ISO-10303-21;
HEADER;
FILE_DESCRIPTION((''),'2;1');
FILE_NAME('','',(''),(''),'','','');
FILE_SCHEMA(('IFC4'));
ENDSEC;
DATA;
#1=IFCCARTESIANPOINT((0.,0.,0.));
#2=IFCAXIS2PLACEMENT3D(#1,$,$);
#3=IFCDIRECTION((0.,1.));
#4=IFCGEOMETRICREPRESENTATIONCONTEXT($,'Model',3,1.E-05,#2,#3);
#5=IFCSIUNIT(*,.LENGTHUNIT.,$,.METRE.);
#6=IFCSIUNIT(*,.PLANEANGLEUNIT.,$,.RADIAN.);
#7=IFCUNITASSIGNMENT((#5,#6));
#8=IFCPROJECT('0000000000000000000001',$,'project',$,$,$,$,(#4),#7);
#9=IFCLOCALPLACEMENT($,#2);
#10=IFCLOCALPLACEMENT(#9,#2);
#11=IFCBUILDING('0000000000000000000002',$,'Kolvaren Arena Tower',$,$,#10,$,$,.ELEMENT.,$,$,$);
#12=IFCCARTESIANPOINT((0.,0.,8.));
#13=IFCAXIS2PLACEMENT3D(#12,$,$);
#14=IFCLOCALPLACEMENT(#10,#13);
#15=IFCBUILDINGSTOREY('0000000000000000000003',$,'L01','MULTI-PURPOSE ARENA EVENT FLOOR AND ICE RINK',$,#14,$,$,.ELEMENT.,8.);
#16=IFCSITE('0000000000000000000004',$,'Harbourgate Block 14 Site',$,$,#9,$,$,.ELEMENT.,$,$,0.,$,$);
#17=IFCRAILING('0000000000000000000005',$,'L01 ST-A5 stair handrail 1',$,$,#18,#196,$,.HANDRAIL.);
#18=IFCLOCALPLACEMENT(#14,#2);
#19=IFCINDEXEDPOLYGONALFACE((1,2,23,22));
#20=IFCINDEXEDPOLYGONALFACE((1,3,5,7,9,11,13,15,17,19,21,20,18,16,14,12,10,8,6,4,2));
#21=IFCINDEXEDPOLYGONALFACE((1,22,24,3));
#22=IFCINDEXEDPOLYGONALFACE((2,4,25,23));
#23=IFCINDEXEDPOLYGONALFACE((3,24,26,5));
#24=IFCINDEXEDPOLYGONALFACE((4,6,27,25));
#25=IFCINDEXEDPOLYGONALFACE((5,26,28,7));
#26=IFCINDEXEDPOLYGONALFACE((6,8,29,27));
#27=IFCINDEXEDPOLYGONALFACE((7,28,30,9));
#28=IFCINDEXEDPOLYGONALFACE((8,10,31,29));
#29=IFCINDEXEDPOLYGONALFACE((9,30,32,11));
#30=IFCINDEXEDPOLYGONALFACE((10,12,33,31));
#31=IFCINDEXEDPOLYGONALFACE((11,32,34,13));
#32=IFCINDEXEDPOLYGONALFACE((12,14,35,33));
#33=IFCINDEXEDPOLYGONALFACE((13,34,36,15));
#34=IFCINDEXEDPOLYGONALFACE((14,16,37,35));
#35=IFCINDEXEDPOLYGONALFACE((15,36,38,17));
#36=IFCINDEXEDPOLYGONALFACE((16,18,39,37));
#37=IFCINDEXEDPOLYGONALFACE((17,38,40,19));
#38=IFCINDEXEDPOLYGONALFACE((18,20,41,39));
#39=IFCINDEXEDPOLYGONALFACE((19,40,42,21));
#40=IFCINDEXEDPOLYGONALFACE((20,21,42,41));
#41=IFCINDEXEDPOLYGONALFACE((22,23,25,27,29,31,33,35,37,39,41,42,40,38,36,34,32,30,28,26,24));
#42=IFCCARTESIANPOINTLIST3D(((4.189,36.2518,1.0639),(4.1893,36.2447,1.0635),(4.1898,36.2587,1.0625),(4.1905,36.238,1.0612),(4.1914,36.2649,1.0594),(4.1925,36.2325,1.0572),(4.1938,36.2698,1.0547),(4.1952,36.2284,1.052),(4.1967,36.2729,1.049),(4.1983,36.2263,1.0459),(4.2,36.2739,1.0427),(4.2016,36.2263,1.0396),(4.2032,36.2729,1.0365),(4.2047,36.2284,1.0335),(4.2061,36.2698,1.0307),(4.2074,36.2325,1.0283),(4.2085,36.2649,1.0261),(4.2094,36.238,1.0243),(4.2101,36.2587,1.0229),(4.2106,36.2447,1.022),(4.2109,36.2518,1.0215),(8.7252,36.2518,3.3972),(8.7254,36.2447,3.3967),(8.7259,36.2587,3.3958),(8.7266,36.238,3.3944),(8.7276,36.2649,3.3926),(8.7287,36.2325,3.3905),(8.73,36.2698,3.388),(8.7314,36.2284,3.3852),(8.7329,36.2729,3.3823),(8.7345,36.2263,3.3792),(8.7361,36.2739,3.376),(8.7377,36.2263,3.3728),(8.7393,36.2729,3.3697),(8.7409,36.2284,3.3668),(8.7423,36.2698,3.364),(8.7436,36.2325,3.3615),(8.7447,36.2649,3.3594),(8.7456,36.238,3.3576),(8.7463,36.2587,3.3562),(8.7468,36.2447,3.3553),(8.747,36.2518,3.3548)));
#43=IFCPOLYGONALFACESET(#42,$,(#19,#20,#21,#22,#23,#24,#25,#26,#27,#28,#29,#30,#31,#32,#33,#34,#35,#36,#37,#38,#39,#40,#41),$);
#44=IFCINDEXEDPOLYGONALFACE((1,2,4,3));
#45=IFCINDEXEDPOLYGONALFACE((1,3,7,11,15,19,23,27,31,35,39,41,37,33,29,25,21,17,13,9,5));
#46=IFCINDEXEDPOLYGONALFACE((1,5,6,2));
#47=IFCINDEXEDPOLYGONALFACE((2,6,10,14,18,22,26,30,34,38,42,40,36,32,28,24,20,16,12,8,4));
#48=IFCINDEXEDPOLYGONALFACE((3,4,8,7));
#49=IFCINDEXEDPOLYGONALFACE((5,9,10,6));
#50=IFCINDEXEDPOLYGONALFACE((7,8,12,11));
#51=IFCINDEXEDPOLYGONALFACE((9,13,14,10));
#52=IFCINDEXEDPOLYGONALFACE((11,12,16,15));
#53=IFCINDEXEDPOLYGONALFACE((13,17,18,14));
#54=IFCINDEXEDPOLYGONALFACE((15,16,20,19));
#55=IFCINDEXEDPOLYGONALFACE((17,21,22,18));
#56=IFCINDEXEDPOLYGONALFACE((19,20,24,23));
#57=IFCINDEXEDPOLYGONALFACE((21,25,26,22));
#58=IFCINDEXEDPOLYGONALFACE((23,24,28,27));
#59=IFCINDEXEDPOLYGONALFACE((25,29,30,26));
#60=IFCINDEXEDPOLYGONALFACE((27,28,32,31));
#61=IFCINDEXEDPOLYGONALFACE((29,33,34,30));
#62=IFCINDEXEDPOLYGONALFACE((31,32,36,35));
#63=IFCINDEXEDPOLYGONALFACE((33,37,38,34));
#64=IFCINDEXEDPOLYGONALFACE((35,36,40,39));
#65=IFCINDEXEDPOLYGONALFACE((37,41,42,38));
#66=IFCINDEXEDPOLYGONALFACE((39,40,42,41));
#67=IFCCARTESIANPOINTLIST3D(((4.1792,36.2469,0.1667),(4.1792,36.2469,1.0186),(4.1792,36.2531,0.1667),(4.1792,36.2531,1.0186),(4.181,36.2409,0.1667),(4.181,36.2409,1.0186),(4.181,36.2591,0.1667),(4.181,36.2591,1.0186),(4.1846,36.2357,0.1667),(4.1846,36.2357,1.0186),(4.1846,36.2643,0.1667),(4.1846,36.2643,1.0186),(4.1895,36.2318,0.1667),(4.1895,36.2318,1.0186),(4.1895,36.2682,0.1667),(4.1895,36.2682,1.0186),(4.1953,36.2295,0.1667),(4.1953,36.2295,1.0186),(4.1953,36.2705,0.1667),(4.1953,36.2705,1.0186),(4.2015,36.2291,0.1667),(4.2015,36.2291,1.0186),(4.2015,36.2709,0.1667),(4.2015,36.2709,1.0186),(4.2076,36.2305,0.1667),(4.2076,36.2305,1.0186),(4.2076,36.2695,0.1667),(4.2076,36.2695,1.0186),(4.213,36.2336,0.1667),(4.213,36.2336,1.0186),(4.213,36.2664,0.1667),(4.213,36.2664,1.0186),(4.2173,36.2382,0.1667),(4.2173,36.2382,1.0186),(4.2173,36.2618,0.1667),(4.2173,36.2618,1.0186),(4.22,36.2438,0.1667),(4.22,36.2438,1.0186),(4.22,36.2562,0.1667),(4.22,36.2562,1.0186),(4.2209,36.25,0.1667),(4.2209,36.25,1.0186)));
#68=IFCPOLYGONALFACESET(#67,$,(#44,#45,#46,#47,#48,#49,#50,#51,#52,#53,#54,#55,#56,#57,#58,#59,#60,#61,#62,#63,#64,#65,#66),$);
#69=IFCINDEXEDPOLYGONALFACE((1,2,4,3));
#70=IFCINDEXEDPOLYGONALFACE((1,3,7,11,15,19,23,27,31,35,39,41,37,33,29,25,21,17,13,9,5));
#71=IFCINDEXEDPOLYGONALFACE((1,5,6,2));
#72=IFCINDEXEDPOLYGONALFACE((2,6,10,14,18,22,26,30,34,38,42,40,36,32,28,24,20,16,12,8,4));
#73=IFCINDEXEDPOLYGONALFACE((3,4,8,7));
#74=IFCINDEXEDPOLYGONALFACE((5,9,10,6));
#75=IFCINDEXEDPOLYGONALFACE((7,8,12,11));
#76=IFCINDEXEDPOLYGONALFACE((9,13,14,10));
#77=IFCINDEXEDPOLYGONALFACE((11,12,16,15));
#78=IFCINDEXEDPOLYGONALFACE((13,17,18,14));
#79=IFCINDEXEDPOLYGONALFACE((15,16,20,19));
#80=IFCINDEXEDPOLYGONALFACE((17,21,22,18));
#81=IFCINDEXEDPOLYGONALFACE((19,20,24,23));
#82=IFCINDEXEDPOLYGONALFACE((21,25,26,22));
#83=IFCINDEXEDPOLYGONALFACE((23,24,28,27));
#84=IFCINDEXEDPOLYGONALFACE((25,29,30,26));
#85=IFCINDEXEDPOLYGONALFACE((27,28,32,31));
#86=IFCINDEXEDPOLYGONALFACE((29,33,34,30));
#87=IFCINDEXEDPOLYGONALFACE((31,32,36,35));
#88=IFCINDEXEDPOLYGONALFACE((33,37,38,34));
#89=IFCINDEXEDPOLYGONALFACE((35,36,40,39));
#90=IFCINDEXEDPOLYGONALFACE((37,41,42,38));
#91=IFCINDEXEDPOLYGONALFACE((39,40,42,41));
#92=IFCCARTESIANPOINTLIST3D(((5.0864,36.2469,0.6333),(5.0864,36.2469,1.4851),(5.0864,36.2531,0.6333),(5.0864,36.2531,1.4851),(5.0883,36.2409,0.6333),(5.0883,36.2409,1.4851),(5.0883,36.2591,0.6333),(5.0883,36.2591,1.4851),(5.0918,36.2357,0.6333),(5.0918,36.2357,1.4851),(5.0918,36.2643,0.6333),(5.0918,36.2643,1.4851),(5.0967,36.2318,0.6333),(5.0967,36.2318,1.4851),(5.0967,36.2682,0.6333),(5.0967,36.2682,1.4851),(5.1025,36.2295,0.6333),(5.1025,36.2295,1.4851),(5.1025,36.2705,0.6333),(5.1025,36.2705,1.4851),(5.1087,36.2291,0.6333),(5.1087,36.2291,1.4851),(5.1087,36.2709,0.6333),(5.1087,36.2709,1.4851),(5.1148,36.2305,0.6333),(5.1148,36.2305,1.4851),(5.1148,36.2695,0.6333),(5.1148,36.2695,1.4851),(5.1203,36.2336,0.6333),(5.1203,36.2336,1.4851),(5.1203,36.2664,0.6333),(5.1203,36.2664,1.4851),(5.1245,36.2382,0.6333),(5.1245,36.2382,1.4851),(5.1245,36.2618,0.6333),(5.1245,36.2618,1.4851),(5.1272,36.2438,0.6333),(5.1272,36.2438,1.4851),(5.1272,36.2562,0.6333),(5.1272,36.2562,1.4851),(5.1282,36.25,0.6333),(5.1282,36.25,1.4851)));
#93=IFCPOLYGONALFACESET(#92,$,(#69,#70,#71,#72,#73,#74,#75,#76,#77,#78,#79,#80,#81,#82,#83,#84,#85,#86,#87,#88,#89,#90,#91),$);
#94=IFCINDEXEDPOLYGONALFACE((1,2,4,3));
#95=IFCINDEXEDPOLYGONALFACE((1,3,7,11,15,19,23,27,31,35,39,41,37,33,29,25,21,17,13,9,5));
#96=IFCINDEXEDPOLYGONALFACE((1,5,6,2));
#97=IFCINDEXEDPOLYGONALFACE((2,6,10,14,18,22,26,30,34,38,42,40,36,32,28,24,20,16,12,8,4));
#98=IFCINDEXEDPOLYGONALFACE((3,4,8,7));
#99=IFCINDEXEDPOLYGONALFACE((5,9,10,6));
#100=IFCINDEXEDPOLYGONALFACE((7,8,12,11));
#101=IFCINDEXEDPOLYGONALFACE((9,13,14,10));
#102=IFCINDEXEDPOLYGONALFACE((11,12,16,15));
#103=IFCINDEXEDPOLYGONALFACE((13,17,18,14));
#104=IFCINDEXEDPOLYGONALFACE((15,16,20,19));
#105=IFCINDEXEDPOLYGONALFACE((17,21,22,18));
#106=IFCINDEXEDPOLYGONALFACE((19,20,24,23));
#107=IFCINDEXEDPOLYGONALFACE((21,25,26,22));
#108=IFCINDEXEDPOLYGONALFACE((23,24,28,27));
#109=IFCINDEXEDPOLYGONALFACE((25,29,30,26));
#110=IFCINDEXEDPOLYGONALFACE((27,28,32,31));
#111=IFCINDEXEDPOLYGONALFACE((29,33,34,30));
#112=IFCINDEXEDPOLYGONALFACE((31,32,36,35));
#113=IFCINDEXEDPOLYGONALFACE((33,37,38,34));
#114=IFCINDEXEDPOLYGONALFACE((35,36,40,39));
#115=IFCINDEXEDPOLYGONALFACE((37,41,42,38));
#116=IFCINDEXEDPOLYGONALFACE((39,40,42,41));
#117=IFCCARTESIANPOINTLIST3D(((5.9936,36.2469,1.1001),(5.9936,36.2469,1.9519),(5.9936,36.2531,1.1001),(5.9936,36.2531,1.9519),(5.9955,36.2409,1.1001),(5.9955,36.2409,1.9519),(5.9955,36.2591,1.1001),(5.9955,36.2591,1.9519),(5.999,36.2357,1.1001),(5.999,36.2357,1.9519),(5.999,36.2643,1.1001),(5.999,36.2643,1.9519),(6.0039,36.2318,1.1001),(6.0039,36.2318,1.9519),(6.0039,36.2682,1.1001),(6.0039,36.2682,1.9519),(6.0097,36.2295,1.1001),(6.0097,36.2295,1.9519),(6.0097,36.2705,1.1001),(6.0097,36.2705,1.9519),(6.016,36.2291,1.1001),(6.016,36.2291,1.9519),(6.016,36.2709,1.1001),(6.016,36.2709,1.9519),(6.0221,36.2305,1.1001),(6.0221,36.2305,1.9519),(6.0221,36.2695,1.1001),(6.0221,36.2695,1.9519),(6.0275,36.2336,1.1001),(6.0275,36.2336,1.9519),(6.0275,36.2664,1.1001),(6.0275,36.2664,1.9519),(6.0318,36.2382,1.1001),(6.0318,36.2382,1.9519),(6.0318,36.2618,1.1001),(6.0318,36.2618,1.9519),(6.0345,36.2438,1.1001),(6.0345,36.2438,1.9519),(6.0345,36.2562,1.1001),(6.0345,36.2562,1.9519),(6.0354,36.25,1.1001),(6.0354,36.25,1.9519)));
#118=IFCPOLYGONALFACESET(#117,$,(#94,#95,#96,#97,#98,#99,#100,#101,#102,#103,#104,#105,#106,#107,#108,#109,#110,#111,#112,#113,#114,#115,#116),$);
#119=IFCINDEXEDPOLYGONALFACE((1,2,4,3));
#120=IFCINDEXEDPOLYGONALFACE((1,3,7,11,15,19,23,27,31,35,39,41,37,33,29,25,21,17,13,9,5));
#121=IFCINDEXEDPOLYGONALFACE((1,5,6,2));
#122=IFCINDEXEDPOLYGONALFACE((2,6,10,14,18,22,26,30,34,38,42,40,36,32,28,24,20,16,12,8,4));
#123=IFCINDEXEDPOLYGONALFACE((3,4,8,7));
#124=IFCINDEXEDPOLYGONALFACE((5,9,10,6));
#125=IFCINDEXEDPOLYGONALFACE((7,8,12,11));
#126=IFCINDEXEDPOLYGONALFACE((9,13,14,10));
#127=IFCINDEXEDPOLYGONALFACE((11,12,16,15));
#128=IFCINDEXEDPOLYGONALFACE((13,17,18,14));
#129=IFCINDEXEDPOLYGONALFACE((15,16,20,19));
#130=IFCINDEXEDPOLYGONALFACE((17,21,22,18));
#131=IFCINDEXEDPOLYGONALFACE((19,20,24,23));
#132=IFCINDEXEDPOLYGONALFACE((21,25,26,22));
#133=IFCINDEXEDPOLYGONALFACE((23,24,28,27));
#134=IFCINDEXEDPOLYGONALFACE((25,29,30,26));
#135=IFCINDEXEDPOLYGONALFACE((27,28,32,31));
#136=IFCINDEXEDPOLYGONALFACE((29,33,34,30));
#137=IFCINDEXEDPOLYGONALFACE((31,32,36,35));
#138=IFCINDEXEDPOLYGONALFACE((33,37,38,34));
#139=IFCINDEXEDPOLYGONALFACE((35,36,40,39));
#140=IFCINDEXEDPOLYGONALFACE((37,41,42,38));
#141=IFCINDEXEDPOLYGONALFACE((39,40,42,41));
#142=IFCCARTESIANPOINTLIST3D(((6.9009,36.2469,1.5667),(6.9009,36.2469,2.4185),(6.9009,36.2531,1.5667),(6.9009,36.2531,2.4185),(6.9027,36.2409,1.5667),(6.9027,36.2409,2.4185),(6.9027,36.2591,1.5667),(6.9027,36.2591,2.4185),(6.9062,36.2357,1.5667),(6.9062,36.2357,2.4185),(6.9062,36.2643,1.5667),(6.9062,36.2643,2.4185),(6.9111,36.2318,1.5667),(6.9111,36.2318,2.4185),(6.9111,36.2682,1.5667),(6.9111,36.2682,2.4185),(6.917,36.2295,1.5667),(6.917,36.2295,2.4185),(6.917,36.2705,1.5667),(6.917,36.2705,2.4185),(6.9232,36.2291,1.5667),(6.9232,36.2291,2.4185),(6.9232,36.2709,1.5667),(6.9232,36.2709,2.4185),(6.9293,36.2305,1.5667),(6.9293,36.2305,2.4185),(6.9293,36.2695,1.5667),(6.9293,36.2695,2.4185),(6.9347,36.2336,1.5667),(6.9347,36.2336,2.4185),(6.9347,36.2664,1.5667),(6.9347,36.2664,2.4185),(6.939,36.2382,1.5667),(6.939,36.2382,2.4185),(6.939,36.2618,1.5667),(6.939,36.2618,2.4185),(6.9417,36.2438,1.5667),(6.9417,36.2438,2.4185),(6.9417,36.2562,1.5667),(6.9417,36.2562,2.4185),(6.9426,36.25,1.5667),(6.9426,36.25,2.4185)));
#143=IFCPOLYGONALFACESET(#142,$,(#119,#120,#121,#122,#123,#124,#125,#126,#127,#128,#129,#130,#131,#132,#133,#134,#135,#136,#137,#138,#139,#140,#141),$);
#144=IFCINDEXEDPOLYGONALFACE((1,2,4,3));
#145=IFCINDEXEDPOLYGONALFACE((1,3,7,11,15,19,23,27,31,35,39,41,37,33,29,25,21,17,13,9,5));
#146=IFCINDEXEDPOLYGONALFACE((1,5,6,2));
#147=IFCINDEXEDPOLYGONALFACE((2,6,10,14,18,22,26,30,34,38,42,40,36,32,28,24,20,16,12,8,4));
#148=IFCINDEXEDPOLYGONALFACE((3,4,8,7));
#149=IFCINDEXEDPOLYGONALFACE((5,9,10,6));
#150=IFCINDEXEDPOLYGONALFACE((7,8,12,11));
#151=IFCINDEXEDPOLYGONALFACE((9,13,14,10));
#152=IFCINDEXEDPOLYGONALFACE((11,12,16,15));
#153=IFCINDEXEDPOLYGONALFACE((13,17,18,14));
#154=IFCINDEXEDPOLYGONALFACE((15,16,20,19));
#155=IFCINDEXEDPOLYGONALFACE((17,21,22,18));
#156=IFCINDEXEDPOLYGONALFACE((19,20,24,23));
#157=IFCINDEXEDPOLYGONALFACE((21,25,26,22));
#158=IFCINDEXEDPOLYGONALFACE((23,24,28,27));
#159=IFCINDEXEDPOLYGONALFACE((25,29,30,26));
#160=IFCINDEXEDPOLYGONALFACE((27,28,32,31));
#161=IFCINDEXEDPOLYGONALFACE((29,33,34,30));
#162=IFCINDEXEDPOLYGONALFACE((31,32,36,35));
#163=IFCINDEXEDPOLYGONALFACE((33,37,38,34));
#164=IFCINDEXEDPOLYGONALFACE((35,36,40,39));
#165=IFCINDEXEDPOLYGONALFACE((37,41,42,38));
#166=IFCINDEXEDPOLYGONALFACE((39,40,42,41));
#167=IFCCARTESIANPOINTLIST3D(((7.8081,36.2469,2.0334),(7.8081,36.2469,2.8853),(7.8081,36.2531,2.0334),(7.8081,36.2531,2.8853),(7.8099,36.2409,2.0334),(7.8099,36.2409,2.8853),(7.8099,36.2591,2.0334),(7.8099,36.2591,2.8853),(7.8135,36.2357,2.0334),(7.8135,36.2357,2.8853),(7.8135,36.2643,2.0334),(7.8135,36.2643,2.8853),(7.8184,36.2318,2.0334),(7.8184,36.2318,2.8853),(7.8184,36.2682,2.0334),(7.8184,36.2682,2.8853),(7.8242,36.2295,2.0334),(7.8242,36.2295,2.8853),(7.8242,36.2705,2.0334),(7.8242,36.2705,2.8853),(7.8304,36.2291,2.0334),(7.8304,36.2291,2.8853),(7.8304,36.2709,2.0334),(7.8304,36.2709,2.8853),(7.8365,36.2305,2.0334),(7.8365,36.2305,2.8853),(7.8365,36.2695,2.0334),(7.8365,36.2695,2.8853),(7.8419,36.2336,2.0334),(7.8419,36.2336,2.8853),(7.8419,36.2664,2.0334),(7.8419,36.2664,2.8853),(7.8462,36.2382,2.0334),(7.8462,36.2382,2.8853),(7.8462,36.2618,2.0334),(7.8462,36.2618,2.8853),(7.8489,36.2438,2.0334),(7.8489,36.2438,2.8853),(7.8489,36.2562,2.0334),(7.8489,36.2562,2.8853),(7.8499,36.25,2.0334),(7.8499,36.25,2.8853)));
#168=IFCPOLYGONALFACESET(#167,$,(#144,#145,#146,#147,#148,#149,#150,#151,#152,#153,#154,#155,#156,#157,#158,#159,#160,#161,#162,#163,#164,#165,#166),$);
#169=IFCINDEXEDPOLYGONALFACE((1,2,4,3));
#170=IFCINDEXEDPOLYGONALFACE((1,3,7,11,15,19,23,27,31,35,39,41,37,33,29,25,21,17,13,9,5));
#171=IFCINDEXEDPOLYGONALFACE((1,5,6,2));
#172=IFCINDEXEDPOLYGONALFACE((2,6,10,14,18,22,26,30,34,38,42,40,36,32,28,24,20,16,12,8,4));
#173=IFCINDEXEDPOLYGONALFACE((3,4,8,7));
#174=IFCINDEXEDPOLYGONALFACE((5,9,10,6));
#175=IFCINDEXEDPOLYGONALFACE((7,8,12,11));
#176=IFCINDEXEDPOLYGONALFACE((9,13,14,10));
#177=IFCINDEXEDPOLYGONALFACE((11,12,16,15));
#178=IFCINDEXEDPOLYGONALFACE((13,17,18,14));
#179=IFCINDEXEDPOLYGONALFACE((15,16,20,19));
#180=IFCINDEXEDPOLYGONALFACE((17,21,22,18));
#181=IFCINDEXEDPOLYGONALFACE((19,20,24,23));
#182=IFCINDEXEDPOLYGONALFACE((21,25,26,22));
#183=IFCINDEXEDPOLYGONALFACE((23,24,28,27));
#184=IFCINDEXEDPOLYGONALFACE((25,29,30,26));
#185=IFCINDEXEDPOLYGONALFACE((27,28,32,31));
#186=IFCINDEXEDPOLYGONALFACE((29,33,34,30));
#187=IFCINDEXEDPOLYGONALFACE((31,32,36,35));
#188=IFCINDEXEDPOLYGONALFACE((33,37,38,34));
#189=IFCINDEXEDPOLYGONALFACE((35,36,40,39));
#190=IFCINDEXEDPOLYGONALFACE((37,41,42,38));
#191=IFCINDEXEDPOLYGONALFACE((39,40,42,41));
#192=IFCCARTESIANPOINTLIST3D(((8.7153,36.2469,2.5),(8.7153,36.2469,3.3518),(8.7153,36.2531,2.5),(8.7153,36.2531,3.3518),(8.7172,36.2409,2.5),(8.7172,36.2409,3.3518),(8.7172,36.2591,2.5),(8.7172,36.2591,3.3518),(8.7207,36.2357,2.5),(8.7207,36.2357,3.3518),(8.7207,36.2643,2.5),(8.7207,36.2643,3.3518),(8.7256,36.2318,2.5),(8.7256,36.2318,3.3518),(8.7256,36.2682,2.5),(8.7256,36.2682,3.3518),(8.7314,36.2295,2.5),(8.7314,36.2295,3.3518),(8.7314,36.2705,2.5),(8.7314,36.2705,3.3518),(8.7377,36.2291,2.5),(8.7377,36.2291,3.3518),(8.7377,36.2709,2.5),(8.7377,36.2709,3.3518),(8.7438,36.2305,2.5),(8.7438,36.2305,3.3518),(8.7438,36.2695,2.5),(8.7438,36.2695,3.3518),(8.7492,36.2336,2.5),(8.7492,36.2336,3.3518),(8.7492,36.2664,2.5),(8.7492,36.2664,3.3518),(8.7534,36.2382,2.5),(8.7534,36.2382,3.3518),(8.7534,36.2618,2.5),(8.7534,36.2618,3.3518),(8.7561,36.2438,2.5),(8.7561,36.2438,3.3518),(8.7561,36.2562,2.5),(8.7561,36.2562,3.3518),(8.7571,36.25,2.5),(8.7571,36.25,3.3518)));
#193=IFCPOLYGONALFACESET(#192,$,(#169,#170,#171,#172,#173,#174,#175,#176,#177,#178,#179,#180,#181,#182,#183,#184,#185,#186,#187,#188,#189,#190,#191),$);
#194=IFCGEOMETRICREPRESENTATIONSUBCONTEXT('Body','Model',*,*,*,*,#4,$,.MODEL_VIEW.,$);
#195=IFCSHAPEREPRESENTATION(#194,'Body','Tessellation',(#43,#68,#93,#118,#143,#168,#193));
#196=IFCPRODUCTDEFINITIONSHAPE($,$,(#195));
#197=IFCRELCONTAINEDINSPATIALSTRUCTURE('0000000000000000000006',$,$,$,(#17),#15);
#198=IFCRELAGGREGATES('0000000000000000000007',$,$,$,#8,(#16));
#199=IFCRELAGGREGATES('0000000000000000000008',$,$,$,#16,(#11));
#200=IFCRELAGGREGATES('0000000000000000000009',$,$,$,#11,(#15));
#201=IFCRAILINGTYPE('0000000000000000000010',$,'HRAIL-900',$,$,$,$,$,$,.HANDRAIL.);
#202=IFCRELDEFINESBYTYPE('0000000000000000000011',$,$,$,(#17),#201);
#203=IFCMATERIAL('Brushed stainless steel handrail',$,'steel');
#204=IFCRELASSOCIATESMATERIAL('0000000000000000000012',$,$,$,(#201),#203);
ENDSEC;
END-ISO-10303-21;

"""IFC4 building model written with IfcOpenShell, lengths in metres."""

from ifc_helpers import new_model, si_unit, direction, frame, origin, origin_2d, place, context, subcontext, project, spatial, circle, extrude, material, type_object, element, save


model = new_model("IFC4")

# Units and contexts
model_context = context("Model", 3, precision=1e-05, world=origin(), true_north=direction((0.0, 1.0)))
body_context = subcontext(model_context, "Body", "Model", "MODEL_VIEW")
ifc_project = project(units=[si_unit("LENGTHUNIT", "METRE"), si_unit("PLANEANGLEUNIT", "RADIAN")], contexts=[model_context])

# Site, building, storey
site_placement = place(None, origin())
site = spatial("IfcSite", under=ifc_project, at=site_placement, Name="Harbourgate Block 14 Site", CompositionType="ELEMENT", RefElevation=0.0)
building_placement = place(site_placement, origin())
building = spatial("IfcBuilding", under=site, at=building_placement, Name="Kolvaren Arena Tower", CompositionType="ELEMENT")
storey_placement = place(building_placement, frame((0.0, 0.0, 8.0)))
storey = spatial("IfcBuildingStorey", under=building, at=storey_placement, Name="L01", Description="MULTI-PURPOSE ARENA EVENT FLOOR AND ICE RINK", CompositionType="ELEMENT", Elevation=8.0)

# Railing
ifc_material_1 = material(Name="Brushed stainless steel handrail", Category="steel")
railing_type_1 = type_object("IfcRailingType", Name="HRAIL-900", PredefinedType="HANDRAIL", material=ifc_material_1)
railing_1_placement = place(storey_placement, frame((4.2, 36.25, 0.1667)))
element("IfcRailing", 1, at=railing_1_placement, inside=storey, type_object=railing_type_1, Name="L01 ST-A5 stair handrail 1", PredefinedType="HANDRAIL", context=body_context, shape_type="SweptSolid", body=[
    extrude(circle(Radius=0.0239, at=origin_2d()), frame((0.0, 0.0, 0.876), z_axis=(0.889257, 0.0, 0.457407), x_axis=(0.0, 1.0, 0.0)), (0.0, 0.0, 1.0), 5.1011),
    extrude(circle(Radius=0.021, at=origin_2d()), origin(), (0.0, 0.0, 1.0), 0.8518),
    extrude(circle(Radius=0.021, at=origin_2d()), frame((0.9072, 0.0, 0.4666)), (0.0, 0.0, 1.0), 0.8518),
    extrude(circle(Radius=0.021, at=origin_2d()), frame((1.8145, 0.0, 0.9333)), (0.0, 0.0, 1.0), 0.8518),
    extrude(circle(Radius=0.021, at=origin_2d()), frame((2.7217, 0.0, 1.3999)), (0.0, 0.0, 1.0), 0.8518),
    extrude(circle(Radius=0.021, at=origin_2d()), frame((3.6289, 0.0, 1.8667)), (0.0, 0.0, 1.0), 0.8518),
    extrude(circle(Radius=0.021, at=origin_2d()), frame((4.5361, 0.0, 2.3333)), (0.0, 0.0, 1.0), 0.8518),
])

save(model, "model.ifc")
